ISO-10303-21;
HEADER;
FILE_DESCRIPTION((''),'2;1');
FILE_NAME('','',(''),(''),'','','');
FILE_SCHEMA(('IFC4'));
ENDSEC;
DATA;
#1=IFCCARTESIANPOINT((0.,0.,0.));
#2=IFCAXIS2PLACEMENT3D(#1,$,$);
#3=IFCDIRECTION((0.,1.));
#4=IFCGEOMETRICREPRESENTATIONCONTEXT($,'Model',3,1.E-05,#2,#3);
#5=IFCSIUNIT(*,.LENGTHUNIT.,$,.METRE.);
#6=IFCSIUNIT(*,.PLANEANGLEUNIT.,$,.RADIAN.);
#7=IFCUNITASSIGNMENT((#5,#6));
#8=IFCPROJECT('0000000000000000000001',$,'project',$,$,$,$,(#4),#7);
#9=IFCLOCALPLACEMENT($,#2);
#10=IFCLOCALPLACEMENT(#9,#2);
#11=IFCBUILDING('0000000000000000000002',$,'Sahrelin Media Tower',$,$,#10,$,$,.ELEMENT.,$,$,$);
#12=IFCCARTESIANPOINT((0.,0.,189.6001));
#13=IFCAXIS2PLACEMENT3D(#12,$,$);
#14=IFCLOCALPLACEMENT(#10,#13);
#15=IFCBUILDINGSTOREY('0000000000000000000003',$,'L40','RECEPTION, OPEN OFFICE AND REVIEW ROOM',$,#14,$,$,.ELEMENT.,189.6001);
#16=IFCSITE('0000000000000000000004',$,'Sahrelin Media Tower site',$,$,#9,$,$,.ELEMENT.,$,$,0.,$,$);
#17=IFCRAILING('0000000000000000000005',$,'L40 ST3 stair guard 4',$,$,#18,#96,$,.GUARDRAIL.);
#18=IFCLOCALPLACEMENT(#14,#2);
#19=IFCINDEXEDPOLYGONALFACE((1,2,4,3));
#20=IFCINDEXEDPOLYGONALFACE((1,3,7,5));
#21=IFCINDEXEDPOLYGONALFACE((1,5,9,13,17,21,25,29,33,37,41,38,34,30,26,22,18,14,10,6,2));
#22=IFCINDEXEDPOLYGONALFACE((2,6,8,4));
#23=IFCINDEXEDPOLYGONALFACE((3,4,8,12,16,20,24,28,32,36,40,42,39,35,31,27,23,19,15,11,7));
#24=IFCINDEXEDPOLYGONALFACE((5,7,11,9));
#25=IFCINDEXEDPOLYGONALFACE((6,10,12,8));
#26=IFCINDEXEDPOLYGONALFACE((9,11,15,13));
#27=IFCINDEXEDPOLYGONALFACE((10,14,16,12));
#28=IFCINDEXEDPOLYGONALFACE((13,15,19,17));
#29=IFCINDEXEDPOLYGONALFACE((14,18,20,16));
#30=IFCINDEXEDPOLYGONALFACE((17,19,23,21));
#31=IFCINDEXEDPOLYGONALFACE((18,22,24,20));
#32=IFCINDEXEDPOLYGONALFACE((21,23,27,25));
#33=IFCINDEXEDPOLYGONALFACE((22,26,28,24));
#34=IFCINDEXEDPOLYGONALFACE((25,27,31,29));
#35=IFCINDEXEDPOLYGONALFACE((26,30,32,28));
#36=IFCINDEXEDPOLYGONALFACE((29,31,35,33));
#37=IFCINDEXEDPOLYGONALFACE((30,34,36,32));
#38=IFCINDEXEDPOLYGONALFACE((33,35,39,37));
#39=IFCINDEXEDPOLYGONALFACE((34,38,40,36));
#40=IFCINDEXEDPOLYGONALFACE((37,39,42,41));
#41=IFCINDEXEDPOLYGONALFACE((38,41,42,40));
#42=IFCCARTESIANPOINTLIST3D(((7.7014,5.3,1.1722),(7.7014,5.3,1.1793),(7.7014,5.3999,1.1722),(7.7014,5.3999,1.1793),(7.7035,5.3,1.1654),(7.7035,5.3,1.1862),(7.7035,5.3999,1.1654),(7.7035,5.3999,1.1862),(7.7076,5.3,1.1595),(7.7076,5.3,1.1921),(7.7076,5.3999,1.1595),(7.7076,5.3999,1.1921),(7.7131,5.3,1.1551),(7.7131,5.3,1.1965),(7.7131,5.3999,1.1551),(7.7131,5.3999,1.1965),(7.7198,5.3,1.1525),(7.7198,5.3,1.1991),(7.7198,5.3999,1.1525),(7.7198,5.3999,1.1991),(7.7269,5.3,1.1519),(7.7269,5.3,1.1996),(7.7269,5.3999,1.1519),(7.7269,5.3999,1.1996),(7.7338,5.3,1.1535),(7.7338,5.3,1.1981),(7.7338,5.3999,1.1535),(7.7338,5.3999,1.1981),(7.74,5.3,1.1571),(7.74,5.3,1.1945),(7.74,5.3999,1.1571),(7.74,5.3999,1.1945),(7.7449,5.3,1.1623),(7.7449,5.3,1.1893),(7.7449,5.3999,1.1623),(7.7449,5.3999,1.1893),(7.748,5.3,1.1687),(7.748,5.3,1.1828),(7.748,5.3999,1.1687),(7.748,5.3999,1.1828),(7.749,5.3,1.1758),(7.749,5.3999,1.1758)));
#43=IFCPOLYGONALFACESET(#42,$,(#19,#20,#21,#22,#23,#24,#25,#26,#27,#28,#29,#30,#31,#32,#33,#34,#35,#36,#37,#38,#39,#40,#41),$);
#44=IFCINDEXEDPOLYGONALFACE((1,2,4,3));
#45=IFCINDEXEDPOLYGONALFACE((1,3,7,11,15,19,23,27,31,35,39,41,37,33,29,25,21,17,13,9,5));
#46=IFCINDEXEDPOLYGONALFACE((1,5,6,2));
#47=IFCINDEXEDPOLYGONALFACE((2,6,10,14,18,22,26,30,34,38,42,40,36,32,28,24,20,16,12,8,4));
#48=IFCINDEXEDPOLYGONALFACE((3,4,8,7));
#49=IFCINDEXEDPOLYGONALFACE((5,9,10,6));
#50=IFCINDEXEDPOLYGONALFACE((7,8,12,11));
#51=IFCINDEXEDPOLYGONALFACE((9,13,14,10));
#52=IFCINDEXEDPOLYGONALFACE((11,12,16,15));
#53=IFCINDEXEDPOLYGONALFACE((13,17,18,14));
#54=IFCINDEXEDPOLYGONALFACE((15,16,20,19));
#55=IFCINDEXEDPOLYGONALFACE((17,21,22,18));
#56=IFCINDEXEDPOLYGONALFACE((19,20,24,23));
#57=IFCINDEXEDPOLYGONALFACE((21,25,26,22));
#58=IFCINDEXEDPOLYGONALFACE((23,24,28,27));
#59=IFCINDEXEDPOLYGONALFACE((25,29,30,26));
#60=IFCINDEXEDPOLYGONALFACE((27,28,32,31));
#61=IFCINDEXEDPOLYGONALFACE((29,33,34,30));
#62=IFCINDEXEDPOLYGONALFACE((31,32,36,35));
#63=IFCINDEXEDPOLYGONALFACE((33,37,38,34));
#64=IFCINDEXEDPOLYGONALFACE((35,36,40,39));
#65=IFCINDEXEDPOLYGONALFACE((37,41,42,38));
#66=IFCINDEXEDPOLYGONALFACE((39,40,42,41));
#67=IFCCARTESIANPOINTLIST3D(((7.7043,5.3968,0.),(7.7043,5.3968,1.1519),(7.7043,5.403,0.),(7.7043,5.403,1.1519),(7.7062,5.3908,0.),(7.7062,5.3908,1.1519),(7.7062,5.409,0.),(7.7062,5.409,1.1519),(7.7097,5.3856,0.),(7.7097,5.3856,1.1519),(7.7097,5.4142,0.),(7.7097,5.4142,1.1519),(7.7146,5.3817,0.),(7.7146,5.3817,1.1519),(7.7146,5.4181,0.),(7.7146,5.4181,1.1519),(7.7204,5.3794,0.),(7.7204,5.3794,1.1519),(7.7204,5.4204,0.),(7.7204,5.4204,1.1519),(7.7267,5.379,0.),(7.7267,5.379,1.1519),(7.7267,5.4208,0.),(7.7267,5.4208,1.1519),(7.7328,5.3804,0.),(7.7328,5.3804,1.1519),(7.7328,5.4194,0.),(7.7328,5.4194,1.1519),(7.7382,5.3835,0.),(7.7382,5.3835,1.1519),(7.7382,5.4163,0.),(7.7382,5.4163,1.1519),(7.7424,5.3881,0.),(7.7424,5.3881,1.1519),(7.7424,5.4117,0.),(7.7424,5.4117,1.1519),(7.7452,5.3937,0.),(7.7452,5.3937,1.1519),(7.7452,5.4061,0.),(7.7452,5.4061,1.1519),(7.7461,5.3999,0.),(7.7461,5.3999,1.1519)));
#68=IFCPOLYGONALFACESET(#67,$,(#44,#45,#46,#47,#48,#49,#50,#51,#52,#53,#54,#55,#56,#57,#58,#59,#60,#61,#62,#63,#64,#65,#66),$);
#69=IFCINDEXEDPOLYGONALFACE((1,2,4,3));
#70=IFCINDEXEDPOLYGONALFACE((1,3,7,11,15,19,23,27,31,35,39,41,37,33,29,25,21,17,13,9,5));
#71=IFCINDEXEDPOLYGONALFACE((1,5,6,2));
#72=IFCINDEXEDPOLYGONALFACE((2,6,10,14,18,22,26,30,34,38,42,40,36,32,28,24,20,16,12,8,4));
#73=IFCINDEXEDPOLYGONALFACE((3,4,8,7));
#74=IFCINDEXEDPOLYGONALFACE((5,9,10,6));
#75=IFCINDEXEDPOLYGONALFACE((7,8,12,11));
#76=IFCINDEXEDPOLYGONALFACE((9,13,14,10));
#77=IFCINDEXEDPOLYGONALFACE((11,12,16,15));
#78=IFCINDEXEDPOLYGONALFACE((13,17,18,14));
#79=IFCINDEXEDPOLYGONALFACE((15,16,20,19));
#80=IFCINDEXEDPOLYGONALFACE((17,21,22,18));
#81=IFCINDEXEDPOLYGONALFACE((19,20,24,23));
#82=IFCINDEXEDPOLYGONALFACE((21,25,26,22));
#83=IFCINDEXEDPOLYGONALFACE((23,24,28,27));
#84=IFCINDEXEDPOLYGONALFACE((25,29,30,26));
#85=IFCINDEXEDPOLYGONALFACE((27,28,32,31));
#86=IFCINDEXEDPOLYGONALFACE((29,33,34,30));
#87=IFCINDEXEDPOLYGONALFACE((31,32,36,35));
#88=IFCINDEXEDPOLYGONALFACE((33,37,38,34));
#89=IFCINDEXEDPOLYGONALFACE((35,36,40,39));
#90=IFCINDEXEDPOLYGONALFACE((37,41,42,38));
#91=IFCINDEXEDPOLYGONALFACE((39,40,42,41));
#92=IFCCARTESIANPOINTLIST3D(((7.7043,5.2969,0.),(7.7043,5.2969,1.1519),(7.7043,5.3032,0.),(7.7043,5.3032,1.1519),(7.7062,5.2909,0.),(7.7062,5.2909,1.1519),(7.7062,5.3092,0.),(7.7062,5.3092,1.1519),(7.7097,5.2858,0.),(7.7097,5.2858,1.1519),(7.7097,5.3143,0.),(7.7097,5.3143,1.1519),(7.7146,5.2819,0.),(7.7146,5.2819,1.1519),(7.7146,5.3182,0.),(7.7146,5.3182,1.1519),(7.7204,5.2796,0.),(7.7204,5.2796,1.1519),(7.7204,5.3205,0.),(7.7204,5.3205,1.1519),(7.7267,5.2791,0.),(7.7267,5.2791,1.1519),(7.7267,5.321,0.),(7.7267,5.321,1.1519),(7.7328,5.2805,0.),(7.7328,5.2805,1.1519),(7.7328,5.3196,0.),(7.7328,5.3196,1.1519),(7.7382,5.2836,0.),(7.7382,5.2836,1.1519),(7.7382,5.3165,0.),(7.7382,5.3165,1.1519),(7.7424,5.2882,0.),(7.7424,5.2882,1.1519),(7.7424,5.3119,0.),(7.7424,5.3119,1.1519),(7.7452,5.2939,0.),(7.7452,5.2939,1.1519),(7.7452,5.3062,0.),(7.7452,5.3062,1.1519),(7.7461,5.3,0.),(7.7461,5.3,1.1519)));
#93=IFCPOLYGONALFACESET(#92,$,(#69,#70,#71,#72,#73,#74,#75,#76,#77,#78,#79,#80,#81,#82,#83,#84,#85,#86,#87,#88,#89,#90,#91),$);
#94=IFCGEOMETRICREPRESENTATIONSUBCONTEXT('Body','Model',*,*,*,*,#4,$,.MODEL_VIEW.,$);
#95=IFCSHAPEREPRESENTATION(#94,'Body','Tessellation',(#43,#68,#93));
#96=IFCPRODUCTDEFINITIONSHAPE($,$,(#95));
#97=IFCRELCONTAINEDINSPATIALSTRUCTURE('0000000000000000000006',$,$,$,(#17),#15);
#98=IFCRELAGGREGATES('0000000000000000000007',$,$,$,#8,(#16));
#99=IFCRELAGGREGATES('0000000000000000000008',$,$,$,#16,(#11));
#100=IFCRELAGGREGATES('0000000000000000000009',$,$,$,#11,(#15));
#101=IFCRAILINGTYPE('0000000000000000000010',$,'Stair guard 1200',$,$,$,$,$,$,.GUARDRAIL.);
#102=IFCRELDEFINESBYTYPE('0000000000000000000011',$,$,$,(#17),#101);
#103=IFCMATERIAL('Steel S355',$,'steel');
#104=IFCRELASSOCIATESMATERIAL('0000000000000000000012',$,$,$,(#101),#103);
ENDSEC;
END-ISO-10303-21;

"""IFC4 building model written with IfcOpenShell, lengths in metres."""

from ifc_helpers import new_model, si_unit, direction, frame, origin, origin_2d, place, context, subcontext, project, spatial, circle, extrude, material, type_object, element, save


model = new_model("IFC4")

# Units and contexts
model_context = context("Model", 3, precision=1e-05, world=origin(), true_north=direction((0.0, 1.0)))
body_context = subcontext(model_context, "Body", "Model", "MODEL_VIEW")
ifc_project = project(units=[si_unit("LENGTHUNIT", "METRE"), si_unit("PLANEANGLEUNIT", "RADIAN")], contexts=[model_context])

# Site, building, storey
site_placement = place(None, origin())
site = spatial("IfcSite", under=ifc_project, at=site_placement, Name="Sahrelin Media Tower site", CompositionType="ELEMENT", RefElevation=0.0)
building_placement = place(site_placement, origin())
building = spatial("IfcBuilding", under=site, at=building_placement, Name="Sahrelin Media Tower", CompositionType="ELEMENT")
storey_placement = place(building_placement, frame((0.0, 0.0, 189.6001)))
storey = spatial("IfcBuildingStorey", under=building, at=storey_placement, Name="L40", Description="RECEPTION, OPEN OFFICE AND REVIEW ROOM", CompositionType="ELEMENT", Elevation=189.6001)

# Shared definitions
ifc_material_1 = material(Name="Steel S355", Category="steel")

# Railing
railing_type_1 = type_object("IfcRailingType", Name="Stair guard 1200", PredefinedType="GUARDRAIL", material=ifc_material_1)
railing_1_placement = place(storey_placement, frame((7.7251, 5.3999, 0.0)))
element("IfcRailing", 1, at=railing_1_placement, inside=storey, type_object=railing_type_1, Name="L40 ST3 stair guard 4", PredefinedType="GUARDRAIL", context=body_context, shape_type="SweptSolid", body=[
    extrude(circle(Radius=0.0239, at=origin_2d()), frame((0.0, 0.0, 1.1758), z_axis=(0.0, -1.0, 0.0), x_axis=(1.0, 0.0, 0.0)), (0.0, 0.0, 1.0), 0.0999),
    extrude(circle(Radius=0.021, at=origin_2d()), origin(), (0.0, 0.0, 1.0), 1.1519),
    extrude(circle(Radius=0.021, at=origin_2d()), frame((0.0, -0.0999, 0.0)), (0.0, 0.0, 1.0), 1.1519),
])

save(model, "model.ifc")
